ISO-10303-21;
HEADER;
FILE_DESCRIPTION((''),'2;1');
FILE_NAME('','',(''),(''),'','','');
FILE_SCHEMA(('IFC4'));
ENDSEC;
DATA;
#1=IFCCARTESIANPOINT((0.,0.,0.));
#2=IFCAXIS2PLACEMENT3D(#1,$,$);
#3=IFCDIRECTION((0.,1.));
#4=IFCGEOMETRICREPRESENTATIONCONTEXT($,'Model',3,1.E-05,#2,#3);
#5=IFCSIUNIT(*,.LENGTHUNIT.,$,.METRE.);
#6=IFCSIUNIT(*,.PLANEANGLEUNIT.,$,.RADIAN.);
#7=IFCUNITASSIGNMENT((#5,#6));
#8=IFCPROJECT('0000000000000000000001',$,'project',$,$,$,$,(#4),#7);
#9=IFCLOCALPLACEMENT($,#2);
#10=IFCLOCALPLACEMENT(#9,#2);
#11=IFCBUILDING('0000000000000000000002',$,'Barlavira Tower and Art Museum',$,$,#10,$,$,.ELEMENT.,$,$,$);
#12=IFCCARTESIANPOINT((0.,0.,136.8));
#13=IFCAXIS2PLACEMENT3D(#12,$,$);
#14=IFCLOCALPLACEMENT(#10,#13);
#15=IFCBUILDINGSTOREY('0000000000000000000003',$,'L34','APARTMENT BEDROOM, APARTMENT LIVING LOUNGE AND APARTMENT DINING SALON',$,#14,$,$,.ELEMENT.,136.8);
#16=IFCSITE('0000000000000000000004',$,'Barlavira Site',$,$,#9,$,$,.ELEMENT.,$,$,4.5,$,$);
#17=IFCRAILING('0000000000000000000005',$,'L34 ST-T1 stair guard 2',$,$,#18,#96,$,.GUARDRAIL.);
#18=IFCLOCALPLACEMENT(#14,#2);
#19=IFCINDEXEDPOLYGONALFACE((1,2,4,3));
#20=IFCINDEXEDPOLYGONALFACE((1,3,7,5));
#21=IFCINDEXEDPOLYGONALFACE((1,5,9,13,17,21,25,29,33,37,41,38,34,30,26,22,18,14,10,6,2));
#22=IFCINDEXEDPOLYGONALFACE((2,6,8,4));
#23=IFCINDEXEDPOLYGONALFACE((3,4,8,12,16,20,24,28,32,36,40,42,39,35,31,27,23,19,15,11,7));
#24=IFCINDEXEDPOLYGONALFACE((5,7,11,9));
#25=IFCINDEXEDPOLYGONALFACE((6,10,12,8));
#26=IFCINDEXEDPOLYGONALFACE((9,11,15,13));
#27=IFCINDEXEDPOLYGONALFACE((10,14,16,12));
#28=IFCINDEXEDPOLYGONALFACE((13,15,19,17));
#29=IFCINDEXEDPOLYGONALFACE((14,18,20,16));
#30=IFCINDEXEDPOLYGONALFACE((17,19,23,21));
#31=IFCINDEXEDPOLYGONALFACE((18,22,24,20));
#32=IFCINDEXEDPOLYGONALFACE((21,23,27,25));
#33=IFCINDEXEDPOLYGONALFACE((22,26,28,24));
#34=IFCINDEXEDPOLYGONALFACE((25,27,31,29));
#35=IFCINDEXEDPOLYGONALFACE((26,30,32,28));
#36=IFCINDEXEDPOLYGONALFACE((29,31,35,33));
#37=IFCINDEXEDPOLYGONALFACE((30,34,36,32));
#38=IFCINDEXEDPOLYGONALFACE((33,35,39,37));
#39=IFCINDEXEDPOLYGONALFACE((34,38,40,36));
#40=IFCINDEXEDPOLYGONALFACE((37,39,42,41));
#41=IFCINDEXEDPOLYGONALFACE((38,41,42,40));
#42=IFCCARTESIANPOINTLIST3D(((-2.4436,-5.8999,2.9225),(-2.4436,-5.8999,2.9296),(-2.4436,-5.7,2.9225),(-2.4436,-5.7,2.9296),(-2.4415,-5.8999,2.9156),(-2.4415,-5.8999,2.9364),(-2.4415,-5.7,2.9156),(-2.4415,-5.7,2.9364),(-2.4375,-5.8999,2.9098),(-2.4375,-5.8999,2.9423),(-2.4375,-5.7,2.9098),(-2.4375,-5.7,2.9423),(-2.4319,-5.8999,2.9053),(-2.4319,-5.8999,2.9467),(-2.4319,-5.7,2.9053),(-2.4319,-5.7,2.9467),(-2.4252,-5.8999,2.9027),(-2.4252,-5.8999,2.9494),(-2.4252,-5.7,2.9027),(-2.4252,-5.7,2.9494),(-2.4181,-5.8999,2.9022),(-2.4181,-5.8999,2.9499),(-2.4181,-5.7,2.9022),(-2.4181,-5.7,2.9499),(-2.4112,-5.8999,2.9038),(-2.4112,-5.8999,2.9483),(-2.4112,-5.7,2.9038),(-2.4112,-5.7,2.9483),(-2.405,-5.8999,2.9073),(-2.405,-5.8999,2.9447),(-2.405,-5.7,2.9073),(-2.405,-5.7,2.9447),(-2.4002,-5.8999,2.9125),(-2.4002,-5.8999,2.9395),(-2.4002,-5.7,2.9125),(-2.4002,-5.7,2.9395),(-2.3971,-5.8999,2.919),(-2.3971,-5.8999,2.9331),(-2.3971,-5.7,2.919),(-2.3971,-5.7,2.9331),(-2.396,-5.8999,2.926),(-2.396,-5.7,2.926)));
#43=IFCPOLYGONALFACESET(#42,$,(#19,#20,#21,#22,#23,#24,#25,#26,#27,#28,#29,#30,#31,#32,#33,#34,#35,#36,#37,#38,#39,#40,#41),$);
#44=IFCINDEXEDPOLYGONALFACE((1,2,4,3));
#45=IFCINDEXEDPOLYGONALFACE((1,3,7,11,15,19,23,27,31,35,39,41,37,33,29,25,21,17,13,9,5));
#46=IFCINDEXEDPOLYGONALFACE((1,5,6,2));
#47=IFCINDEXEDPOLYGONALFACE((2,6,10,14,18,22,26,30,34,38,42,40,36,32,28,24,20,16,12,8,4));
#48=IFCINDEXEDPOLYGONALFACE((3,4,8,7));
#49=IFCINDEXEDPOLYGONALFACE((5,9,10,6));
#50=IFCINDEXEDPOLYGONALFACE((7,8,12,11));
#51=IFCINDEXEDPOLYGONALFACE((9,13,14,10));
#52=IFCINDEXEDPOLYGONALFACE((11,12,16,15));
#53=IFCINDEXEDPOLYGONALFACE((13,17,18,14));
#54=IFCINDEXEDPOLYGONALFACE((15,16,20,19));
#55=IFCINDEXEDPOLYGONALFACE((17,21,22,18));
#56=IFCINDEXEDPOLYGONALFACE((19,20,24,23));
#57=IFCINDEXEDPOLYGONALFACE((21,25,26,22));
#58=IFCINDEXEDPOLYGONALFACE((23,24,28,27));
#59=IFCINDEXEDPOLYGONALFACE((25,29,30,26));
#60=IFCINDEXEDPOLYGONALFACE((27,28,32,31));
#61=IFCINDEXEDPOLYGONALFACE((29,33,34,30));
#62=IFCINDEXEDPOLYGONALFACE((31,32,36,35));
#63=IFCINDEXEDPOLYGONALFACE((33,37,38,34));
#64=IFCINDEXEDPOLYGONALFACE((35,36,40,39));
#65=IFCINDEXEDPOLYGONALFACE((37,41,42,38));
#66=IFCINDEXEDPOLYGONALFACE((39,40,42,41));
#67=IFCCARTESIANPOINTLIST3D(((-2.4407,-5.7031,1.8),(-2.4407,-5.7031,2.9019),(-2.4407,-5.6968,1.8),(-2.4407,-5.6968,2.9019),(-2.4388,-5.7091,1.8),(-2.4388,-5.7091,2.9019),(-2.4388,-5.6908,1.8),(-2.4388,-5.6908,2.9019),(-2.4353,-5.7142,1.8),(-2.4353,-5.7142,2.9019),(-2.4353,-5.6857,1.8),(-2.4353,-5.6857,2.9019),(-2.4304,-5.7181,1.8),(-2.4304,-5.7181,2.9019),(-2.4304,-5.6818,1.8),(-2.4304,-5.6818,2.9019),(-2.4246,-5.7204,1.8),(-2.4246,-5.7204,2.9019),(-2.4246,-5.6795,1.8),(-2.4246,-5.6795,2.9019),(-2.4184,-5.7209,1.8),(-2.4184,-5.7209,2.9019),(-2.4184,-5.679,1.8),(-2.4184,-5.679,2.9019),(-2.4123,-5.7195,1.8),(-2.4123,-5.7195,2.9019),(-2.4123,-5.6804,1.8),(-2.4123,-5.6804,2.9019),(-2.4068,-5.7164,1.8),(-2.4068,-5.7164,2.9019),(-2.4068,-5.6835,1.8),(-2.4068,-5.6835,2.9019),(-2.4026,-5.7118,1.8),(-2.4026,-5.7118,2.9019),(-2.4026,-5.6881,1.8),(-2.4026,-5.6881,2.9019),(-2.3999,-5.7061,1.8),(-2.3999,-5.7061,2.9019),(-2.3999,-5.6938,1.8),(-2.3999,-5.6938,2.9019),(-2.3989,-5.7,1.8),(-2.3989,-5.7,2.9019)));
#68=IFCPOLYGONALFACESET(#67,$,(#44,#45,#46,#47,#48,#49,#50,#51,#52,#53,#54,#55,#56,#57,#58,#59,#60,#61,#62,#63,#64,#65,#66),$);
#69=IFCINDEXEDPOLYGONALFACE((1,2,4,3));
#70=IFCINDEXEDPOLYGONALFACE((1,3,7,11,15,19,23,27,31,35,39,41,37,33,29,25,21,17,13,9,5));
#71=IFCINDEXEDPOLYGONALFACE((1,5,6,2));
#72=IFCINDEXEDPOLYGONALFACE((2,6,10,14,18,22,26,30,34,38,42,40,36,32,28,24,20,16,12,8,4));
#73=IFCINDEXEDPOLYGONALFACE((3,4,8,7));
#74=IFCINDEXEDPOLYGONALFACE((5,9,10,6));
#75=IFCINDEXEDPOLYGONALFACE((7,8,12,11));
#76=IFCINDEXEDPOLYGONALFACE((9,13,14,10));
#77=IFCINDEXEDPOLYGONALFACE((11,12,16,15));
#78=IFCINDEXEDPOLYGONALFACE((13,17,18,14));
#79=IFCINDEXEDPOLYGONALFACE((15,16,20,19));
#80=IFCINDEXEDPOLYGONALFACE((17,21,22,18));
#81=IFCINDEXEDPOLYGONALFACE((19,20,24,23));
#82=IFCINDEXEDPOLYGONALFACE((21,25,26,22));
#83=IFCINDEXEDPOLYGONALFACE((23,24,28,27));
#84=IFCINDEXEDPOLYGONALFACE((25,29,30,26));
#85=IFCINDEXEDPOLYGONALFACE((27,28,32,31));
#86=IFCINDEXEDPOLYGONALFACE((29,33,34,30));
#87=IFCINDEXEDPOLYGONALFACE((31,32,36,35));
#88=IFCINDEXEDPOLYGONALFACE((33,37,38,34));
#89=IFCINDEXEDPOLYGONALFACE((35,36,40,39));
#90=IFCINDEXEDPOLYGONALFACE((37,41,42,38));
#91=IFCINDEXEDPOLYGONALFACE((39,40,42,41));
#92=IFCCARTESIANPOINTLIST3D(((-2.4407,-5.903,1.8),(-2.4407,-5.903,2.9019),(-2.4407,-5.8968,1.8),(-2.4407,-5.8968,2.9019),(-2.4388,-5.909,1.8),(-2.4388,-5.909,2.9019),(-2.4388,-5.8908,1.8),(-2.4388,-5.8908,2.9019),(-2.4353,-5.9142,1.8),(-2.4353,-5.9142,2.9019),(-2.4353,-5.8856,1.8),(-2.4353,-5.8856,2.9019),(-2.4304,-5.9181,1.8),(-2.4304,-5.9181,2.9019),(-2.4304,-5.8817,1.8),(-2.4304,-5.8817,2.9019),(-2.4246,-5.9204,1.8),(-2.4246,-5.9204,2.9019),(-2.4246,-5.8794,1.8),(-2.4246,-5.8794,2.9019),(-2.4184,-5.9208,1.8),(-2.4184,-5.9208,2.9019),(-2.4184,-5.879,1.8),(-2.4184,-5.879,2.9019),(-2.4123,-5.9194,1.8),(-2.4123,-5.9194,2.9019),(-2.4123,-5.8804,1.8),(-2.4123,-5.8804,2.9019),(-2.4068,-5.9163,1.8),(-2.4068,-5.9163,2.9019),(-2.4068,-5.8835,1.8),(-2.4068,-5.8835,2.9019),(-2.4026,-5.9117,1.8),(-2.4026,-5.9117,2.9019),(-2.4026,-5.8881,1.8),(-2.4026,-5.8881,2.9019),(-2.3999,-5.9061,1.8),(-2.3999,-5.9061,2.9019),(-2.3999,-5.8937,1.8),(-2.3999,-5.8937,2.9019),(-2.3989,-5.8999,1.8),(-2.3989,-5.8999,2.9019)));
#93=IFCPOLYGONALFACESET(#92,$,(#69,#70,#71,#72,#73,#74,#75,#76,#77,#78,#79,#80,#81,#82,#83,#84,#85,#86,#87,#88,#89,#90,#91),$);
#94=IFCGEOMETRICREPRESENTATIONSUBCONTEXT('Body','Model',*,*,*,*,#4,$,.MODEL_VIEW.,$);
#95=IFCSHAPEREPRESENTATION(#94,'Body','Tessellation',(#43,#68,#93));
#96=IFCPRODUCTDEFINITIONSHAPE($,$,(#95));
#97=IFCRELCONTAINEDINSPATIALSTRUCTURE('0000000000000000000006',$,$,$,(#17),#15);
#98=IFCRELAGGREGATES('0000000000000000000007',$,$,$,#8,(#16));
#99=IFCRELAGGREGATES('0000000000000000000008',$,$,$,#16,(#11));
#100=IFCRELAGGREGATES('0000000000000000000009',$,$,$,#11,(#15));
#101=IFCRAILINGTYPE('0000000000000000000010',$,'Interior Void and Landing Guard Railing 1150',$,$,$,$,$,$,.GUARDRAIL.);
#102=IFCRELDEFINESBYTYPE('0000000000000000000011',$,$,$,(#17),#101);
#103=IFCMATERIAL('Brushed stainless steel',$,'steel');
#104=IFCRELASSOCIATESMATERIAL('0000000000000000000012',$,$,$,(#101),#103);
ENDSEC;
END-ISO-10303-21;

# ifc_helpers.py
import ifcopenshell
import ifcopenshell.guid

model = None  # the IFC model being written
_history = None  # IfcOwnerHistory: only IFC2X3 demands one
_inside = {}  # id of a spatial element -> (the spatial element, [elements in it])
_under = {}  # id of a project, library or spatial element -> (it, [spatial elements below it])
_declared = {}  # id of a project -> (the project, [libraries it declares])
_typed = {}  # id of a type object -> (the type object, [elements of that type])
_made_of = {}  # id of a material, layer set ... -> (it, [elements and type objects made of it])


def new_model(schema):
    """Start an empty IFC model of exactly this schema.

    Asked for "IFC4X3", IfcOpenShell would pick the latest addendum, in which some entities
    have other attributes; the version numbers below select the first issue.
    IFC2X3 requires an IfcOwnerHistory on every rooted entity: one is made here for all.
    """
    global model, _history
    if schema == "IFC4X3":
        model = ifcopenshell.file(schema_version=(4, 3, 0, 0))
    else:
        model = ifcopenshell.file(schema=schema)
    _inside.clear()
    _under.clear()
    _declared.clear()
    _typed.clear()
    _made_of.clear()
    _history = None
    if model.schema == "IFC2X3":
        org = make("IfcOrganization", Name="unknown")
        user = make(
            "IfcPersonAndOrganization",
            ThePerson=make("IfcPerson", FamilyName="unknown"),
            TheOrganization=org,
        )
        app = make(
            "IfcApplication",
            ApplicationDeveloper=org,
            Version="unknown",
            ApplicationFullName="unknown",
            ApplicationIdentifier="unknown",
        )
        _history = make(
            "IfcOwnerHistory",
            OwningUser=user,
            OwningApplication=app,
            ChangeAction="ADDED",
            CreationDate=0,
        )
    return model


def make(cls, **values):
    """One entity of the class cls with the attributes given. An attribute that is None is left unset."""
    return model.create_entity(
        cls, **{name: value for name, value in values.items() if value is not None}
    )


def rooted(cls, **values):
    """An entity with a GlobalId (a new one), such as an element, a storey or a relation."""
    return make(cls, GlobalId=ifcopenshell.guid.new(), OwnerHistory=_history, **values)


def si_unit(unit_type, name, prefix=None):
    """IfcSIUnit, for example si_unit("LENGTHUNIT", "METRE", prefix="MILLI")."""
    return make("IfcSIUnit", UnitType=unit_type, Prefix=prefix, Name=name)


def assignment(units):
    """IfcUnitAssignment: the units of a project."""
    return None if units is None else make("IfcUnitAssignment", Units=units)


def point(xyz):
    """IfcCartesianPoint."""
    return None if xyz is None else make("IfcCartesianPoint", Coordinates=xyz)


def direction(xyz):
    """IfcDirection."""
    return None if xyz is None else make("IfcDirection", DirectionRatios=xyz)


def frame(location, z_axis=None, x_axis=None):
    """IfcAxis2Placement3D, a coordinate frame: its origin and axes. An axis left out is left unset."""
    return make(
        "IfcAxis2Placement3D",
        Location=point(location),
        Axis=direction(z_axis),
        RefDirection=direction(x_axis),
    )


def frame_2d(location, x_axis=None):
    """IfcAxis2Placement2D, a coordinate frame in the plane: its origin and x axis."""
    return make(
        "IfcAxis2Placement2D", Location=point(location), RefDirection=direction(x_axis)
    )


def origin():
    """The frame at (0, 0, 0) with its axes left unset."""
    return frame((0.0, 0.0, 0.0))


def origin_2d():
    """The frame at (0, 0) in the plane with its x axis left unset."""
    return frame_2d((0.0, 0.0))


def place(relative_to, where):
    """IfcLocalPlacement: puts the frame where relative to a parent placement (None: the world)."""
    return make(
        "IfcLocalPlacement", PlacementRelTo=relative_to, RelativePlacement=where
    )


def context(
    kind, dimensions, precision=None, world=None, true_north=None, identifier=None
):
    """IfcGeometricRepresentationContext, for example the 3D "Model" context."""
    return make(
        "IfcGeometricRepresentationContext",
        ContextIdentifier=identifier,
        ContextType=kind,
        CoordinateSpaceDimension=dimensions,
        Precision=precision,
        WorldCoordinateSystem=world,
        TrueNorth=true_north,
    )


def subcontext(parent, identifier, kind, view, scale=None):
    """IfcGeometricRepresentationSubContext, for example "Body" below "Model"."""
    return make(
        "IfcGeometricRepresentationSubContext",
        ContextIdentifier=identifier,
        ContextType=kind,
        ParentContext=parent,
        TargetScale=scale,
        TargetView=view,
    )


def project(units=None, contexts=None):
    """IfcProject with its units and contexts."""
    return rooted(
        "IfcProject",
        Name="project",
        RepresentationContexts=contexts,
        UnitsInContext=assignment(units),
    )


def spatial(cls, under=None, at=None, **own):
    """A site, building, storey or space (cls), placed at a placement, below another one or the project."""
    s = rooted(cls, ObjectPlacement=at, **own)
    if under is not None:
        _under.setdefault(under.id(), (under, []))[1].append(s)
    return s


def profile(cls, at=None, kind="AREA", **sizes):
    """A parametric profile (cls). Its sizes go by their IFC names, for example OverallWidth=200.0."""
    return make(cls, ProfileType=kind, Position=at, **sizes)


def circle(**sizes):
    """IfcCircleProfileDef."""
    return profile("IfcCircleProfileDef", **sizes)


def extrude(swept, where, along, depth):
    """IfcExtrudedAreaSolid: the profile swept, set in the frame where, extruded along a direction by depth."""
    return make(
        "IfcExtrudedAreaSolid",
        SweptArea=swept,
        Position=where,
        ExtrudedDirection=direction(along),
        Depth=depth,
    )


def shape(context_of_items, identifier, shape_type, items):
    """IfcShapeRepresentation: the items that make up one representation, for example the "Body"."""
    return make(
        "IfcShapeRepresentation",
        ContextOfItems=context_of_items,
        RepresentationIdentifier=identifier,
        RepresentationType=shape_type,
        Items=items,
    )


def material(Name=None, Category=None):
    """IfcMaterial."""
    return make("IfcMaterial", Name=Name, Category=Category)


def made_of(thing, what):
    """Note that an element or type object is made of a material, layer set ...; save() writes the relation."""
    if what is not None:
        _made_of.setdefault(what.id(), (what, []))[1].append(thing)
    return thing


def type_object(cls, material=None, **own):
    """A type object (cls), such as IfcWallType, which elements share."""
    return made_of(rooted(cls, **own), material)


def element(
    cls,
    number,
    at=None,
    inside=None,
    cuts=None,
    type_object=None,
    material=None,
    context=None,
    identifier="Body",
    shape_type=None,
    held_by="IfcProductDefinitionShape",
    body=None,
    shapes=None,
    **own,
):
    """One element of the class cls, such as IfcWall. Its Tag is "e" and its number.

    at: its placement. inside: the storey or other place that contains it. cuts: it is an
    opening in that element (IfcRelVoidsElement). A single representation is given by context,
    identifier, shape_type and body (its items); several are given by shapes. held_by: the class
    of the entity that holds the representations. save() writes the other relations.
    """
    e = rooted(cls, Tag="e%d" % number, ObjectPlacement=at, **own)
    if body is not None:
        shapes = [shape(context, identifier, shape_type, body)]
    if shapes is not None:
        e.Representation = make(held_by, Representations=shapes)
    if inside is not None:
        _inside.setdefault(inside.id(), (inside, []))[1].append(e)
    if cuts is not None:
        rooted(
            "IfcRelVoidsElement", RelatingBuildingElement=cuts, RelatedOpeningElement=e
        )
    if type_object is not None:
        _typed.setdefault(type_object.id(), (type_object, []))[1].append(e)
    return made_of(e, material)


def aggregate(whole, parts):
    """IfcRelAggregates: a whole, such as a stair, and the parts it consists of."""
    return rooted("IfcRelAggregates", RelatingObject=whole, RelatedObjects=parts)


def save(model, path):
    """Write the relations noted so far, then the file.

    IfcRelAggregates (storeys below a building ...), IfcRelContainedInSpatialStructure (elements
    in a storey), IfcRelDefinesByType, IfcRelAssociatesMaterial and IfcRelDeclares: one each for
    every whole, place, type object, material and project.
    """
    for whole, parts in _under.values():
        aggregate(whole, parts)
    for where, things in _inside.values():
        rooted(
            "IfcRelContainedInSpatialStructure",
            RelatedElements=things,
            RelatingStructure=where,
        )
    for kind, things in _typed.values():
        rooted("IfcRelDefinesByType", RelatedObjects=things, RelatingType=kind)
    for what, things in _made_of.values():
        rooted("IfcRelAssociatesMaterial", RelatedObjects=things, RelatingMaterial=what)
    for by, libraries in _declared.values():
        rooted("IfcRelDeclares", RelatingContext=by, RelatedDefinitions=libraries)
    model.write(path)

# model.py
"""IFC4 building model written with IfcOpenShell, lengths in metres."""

from ifc_helpers import new_model, si_unit, direction, frame, origin, origin_2d, place, context, subcontext, project, spatial, circle, extrude, material, type_object, element, save


model = new_model("IFC4")

# Units and contexts
model_context = context("Model", 3, precision=1e-05, world=origin(), true_north=direction((0.0, 1.0)))
body_context = subcontext(model_context, "Body", "Model", "MODEL_VIEW")
ifc_project = project(units=[si_unit("LENGTHUNIT", "METRE"), si_unit("PLANEANGLEUNIT", "RADIAN")], contexts=[model_context])

# Site, building, storey
site_placement = place(None, origin())
site = spatial("IfcSite", under=ifc_project, at=site_placement, Name="Barlavira Site", CompositionType="ELEMENT", RefElevation=4.5)
building_placement = place(site_placement, origin())
building = spatial("IfcBuilding", under=site, at=building_placement, Name="Barlavira Tower and Art Museum", CompositionType="ELEMENT")
storey_placement = place(building_placement, frame((0.0, 0.0, 136.8)))
storey = spatial("IfcBuildingStorey", under=building, at=storey_placement, Name="L34", Description="APARTMENT BEDROOM, APARTMENT LIVING LOUNGE AND APARTMENT DINING SALON", CompositionType="ELEMENT", Elevation=136.8)

# Shared definitions
ifc_material_1 = material(Name="Brushed stainless steel", Category="steel")

# Railing
railing_type_1 = type_object("IfcRailingType", Name="Interior Void and Landing Guard Railing 1150", PredefinedType="GUARDRAIL", material=ifc_material_1)
railing_1_placement = place(storey_placement, frame((-2.4199, -5.7, 1.8)))
element("IfcRailing", 1, at=railing_1_placement, inside=storey, type_object=railing_type_1, Name="L34 ST-T1 stair guard 2", PredefinedType="GUARDRAIL", context=body_context, shape_type="SweptSolid", body=[
    extrude(circle(Radius=0.0239, at=origin_2d()), frame((0.0, 0.0, 1.126), z_axis=(0.0, -1.0, 0.0), x_axis=(1.0, 0.0, 0.0)), (0.0, 0.0, 1.0), 0.2),
    extrude(circle(Radius=0.021, at=origin_2d()), origin(), (0.0, 0.0, 1.0), 1.1018),
    extrude(circle(Radius=0.021, at=origin_2d()), frame((0.0, -0.2, 0.0)), (0.0, 0.0, 1.0), 1.1018),
])

save(model, "model.ifc")
